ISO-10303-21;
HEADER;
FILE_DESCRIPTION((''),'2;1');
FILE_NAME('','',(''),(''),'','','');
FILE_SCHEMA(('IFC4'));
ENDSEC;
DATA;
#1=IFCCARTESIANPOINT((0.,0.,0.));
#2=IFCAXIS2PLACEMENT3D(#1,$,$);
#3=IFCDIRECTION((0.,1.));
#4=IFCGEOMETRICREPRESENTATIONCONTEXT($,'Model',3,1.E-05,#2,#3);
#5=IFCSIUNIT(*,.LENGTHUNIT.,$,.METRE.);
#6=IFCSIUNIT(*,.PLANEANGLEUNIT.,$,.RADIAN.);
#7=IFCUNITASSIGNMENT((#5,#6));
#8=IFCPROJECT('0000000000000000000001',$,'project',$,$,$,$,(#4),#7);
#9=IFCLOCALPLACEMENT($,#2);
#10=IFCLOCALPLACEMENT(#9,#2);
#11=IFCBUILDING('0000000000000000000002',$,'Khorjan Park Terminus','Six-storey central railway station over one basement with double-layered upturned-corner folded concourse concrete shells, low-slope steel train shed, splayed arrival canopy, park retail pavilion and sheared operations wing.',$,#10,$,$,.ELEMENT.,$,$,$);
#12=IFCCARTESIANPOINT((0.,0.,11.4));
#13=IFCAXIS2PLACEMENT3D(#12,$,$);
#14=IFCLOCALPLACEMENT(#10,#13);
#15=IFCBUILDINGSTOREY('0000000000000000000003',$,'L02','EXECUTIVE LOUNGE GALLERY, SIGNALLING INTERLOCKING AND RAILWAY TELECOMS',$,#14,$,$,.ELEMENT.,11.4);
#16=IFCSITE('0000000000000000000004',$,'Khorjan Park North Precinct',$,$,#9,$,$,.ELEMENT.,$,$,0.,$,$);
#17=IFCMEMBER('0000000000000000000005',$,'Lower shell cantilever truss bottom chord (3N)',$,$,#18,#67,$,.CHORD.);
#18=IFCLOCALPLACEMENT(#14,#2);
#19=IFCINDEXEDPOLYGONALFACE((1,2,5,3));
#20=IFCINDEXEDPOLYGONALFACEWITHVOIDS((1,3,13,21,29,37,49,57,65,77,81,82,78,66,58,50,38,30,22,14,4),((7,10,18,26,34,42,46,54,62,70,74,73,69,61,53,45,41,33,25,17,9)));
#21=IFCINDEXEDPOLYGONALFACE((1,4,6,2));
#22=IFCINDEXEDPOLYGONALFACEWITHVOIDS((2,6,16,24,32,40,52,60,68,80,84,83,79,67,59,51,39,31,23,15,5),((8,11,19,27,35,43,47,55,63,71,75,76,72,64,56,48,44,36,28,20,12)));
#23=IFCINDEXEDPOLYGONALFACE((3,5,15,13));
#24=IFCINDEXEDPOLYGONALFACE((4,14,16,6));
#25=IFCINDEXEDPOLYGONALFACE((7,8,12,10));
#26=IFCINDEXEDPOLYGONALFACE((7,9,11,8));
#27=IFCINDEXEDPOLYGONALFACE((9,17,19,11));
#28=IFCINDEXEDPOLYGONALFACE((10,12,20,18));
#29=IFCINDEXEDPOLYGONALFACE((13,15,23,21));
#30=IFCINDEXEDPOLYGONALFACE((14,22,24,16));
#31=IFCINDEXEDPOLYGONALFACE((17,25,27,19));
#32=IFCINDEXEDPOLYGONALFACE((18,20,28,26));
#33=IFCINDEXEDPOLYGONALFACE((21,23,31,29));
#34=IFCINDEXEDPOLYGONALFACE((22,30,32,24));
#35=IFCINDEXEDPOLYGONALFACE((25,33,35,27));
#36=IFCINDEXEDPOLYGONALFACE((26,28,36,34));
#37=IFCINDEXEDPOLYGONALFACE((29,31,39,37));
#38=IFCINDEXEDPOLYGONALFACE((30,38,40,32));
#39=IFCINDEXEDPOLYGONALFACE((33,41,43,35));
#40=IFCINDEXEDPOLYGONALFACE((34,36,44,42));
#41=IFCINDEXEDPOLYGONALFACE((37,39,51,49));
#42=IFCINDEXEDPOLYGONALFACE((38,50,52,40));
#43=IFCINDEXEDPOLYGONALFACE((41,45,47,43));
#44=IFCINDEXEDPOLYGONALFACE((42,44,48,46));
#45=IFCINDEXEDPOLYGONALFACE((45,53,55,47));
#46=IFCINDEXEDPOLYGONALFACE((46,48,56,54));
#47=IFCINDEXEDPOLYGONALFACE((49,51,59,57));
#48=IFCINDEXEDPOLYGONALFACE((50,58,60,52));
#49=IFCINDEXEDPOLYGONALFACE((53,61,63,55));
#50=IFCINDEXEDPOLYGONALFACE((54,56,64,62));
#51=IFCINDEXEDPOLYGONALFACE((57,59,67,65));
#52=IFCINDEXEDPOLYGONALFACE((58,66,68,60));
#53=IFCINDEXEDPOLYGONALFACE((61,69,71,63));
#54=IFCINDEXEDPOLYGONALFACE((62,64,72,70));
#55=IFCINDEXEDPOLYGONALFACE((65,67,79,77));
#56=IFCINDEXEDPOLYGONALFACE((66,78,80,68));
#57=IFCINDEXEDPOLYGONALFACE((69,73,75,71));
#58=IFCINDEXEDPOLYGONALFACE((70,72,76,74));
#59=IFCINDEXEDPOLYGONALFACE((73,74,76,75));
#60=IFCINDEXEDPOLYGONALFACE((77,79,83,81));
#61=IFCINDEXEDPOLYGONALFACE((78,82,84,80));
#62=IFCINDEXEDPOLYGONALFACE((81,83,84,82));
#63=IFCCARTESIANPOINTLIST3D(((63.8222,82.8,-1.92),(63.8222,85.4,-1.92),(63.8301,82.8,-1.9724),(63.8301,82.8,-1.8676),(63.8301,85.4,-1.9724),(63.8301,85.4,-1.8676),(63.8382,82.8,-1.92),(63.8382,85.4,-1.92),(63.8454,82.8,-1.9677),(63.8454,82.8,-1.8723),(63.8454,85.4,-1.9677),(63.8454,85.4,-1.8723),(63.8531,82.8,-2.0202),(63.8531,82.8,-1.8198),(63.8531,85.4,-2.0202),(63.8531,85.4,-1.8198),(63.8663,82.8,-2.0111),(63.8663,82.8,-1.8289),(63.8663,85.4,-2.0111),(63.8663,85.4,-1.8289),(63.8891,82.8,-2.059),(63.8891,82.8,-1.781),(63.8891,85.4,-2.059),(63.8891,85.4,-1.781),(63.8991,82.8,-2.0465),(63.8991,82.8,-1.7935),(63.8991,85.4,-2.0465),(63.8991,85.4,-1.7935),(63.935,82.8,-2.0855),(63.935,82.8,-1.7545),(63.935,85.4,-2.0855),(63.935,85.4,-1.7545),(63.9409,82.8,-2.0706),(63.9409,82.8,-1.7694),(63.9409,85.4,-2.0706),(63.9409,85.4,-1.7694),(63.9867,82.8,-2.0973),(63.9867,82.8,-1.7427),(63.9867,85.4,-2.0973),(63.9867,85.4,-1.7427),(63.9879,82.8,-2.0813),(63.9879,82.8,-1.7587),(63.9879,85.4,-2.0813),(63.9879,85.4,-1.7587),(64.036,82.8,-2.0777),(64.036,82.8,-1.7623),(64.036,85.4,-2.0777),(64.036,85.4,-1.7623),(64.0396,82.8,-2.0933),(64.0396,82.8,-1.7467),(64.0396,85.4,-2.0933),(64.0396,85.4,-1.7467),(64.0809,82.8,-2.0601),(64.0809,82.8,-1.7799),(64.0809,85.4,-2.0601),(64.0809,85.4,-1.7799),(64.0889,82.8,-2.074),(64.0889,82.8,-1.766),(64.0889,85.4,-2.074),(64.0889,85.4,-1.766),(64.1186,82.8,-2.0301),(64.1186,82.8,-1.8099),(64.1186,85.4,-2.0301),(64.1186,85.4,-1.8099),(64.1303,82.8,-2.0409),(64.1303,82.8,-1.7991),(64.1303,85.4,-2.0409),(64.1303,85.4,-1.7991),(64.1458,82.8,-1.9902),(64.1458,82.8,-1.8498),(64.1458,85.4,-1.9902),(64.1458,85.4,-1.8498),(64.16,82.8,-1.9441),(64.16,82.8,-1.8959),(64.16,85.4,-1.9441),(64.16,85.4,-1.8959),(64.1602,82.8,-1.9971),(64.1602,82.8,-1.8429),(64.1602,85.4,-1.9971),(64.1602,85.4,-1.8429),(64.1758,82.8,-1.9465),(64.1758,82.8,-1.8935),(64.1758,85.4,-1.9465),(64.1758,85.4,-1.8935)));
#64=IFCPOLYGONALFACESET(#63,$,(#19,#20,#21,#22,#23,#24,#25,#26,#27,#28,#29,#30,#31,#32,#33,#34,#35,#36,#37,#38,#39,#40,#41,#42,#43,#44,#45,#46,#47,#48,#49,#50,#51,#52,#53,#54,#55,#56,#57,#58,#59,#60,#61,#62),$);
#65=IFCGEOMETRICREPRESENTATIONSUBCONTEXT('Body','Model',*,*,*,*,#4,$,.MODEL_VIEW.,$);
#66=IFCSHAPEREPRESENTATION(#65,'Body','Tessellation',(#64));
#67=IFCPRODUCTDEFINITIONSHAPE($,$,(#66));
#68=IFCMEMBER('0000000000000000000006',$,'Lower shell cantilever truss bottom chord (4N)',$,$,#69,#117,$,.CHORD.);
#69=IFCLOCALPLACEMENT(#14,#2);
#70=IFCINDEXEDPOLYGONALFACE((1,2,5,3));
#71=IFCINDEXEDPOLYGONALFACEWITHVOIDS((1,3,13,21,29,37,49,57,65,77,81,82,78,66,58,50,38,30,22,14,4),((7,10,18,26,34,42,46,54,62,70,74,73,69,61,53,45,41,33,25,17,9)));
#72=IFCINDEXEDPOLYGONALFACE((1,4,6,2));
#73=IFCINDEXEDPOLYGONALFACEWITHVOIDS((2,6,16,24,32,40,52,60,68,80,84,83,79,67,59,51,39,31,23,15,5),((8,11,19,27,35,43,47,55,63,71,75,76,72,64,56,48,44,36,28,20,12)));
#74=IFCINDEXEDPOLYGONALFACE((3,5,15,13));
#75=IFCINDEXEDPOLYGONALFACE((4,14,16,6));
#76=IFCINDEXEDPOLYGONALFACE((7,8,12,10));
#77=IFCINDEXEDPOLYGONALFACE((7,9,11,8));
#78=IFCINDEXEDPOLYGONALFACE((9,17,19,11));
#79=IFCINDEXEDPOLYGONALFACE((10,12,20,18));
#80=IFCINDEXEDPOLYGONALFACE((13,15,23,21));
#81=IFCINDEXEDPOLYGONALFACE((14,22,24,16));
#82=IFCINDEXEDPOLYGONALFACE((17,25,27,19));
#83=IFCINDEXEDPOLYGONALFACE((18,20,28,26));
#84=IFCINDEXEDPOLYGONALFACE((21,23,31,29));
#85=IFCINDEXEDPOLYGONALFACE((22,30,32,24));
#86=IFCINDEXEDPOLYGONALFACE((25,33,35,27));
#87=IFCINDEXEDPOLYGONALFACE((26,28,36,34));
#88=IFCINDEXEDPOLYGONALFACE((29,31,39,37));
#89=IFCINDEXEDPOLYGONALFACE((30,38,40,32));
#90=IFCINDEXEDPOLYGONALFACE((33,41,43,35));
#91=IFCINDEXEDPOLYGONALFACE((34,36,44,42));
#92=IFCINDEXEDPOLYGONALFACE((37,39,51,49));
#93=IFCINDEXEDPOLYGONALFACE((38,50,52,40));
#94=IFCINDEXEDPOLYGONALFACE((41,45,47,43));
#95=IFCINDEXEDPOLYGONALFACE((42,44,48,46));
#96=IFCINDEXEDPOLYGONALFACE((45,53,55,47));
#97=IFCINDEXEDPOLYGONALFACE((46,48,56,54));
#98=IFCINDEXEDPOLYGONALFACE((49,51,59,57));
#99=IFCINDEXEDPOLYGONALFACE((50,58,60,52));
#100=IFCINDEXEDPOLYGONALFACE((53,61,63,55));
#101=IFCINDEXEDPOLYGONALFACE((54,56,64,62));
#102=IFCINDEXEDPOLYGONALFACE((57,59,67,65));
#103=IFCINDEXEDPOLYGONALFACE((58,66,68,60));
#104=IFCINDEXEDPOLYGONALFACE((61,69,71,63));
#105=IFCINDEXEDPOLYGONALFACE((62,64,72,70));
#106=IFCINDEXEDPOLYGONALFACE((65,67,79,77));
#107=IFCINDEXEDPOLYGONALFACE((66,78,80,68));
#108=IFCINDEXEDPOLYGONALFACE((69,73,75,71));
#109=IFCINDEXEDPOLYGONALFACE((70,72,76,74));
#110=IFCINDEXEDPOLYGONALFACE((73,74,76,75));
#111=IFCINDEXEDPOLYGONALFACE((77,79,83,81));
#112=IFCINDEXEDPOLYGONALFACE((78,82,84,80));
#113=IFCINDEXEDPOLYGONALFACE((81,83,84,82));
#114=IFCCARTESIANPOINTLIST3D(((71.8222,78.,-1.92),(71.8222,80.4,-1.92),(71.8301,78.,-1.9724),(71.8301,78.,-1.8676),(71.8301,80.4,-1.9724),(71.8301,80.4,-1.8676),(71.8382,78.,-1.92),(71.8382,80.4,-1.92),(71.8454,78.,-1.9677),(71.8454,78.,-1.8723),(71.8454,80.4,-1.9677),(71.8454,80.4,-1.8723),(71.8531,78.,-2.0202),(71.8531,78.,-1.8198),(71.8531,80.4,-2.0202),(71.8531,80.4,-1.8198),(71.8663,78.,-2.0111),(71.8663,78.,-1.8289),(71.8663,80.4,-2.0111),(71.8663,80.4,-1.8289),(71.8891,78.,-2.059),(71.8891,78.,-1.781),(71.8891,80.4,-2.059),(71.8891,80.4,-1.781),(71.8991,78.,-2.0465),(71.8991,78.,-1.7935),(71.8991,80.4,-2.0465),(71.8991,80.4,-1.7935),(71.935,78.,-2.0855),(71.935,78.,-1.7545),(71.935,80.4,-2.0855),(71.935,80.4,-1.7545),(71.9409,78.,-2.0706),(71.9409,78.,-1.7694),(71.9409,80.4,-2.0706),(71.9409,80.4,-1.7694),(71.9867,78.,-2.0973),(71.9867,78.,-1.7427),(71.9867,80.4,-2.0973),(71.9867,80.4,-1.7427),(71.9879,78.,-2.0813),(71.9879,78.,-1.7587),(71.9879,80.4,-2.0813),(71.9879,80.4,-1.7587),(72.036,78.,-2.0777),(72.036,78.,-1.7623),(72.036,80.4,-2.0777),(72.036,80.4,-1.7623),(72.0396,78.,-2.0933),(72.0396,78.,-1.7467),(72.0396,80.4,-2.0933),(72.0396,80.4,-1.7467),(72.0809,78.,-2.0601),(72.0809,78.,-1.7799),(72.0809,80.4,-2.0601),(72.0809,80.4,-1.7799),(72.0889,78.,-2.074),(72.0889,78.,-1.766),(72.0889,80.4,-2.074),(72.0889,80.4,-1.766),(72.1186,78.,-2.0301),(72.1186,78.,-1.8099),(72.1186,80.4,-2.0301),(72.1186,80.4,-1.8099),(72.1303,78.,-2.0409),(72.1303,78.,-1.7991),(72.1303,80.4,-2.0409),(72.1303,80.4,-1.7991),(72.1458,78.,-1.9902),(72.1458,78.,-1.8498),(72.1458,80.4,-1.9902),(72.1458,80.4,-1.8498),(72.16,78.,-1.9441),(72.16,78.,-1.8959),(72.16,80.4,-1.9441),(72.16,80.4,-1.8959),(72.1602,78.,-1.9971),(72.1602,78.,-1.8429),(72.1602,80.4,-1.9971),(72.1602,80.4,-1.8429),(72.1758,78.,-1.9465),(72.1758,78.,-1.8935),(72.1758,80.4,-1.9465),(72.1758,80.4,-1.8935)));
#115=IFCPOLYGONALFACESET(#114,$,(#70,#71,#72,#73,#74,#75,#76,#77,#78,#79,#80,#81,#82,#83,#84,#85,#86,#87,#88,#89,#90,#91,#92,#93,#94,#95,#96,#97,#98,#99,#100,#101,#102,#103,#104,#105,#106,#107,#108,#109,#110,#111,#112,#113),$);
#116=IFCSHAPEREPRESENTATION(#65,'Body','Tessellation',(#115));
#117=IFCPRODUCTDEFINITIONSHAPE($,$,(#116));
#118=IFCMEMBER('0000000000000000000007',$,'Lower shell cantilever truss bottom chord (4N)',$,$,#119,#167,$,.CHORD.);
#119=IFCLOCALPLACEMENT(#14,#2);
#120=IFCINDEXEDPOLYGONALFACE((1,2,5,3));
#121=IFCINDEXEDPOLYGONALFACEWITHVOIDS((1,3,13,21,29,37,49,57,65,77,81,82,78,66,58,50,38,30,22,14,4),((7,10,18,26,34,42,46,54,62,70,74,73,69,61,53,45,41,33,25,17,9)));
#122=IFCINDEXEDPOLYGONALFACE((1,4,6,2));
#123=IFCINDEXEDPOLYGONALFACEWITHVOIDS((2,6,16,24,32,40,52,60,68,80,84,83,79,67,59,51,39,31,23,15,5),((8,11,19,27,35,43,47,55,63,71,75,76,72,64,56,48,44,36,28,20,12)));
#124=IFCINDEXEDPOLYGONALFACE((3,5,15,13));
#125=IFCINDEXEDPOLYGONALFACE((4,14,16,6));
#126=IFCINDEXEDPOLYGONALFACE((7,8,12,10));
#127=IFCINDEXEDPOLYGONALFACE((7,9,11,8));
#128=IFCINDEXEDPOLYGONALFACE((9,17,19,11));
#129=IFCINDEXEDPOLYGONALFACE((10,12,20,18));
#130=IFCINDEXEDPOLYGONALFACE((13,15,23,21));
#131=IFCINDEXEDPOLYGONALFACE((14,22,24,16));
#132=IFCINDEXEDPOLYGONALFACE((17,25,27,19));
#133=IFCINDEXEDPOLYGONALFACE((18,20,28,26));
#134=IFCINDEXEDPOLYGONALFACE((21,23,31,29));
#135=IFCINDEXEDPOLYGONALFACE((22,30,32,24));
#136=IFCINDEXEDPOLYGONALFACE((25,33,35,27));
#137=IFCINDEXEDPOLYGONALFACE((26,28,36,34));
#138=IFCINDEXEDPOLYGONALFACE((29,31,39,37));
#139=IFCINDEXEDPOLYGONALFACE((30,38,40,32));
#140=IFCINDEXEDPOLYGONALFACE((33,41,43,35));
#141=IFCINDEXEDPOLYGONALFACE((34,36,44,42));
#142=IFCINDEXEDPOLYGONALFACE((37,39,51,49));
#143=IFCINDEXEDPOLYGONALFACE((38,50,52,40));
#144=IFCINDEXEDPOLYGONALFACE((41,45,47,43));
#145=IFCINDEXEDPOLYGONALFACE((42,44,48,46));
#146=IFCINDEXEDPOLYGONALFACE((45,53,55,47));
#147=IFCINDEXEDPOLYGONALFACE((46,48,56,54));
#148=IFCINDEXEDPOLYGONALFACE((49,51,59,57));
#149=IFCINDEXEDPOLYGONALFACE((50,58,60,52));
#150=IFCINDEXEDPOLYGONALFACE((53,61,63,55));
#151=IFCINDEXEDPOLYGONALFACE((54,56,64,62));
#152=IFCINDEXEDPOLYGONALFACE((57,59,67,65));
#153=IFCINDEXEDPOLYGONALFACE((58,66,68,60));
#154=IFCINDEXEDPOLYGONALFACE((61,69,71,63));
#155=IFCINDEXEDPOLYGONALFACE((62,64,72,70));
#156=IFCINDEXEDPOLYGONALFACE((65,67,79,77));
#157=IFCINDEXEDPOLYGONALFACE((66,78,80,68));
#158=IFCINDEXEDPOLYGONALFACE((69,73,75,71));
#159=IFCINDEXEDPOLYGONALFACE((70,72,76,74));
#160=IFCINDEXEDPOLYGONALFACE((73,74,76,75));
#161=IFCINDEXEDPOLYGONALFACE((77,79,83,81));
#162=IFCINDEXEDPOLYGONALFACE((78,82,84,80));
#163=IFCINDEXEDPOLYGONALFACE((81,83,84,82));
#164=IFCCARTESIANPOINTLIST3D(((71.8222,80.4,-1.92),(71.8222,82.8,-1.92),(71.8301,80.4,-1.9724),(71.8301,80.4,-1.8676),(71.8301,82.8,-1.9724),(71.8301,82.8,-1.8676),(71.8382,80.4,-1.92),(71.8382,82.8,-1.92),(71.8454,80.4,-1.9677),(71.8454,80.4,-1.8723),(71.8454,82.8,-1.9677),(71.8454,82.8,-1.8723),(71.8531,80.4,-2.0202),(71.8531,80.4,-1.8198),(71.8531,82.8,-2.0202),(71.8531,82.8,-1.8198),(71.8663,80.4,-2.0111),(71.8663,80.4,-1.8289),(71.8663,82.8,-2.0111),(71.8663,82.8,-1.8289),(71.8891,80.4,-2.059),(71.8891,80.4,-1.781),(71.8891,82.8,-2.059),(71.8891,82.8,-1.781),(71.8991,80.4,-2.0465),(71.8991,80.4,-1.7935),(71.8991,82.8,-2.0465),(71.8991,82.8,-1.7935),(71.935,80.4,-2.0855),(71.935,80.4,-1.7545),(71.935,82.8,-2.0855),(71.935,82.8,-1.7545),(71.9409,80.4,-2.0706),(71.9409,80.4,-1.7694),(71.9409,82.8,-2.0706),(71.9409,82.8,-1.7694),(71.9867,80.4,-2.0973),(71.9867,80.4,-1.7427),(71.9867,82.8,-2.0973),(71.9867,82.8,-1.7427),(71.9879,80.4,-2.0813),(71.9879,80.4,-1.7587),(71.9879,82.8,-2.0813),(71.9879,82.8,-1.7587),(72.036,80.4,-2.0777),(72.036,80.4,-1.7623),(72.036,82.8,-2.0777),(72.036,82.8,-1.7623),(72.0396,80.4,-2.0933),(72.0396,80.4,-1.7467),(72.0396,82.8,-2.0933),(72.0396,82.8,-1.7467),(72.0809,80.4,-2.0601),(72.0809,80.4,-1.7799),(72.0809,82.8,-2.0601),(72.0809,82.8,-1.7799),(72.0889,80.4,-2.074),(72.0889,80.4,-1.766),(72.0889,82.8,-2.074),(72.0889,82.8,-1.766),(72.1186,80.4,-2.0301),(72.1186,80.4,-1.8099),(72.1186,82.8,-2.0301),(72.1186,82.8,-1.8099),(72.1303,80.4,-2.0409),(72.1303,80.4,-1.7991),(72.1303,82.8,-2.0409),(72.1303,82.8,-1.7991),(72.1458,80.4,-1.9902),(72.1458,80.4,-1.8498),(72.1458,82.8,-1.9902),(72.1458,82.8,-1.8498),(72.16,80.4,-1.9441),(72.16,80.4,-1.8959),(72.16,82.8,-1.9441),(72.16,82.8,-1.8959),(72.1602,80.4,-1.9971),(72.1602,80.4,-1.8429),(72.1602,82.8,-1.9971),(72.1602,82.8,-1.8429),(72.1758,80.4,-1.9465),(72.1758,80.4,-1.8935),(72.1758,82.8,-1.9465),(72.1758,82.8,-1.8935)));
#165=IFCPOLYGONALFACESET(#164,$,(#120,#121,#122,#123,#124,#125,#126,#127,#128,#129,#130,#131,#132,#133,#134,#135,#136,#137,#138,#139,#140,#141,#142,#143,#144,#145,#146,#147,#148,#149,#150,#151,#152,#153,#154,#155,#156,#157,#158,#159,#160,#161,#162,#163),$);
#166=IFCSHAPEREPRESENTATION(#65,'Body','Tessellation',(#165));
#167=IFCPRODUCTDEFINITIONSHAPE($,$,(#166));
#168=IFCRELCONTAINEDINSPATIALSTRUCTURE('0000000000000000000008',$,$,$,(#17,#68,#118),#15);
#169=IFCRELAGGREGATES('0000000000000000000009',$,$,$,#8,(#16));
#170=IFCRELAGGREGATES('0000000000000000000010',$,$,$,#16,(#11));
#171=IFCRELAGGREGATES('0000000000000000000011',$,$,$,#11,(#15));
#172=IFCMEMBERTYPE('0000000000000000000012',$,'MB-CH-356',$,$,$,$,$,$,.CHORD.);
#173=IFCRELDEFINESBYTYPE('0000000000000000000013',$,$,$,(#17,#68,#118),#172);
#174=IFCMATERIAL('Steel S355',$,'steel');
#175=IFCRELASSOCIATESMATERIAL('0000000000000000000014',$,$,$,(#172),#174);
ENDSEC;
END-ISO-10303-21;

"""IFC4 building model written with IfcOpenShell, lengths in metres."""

from ifc_helpers import new_model, si_unit, direction, frame, origin, origin_2d, place, context, subcontext, project, spatial, hollow_circle, extrude, material, material_profile, profile_set, type_object, element, save


model = new_model("IFC4")

# Units and contexts
model_context = context("Model", 3, precision=1e-05, world=origin(), true_north=direction((0.0, 1.0)))
body_context = subcontext(model_context, "Body", "Model", "MODEL_VIEW")
ifc_project = project(units=[si_unit("LENGTHUNIT", "METRE"), si_unit("PLANEANGLEUNIT", "RADIAN")], contexts=[model_context])

# Site, building, storey
site_placement = place(None, origin())
site = spatial("IfcSite", under=ifc_project, at=site_placement, Name="Khorjan Park North Precinct", CompositionType="ELEMENT", RefElevation=0.0)
building_placement = place(site_placement, origin())
building = spatial("IfcBuilding", under=site, at=building_placement, Name="Khorjan Park Terminus", Description="Six-storey central railway station over one basement with double-layered upturned-corner folded concourse concrete shells, low-slope steel train shed, splayed arrival canopy, park retail pavilion and sheared operations wing.", CompositionType="ELEMENT")
storey_placement = place(building_placement, frame((0.0, 0.0, 11.4)))
storey = spatial("IfcBuildingStorey", under=building, at=storey_placement, Name="L02", Description="EXECUTIVE LOUNGE GALLERY, SIGNALLING INTERLOCKING AND RAILWAY TELECOMS", CompositionType="ELEMENT", Elevation=11.4)

# Shared definitions
ifc_material_1 = material(Name="Steel S355", Category="steel")

# Members
ifc_material_profile_1 = material_profile(ifc_material_1, hollow_circle(Radius=0.1778, WallThickness=0.016, at=origin_2d()), Name="CHS 355.6x16")
ifc_profile_set_1 = profile_set([ifc_material_profile_1], Name="Steel S355")
member_type_1 = type_object("IfcMemberType", Name="MB-CH-356", PredefinedType="CHORD", material=ifc_profile_set_1)
member_1_placement = place(storey_placement, frame((64.0, 82.8, -1.92), z_axis=(0.0, 1.0, 0.0), x_axis=(-1.0, 0.0, 0.0)))
element("IfcMember", 1, at=member_1_placement, inside=storey, type_object=member_type_1, Name="Lower shell cantilever truss bottom chord (3N)", PredefinedType="CHORD", context=body_context, shape_type="SweptSolid", body=[
    extrude(hollow_circle(Radius=0.1778, WallThickness=0.016, at=origin_2d()), origin(), (0.0, 0.0, 1.0), 2.6),
])
for number, where, z_axis, x_axis, name in (
    (2, (72.0, 78.0, -1.92), (0.0, 1.0, 0.0), (-1.0, 0.0, 0.0), "Lower shell cantilever truss bottom chord (4N)"),
    (3, (72.0, 80.4, -1.92), (0.0, 1.0, 0.0), (-1.0, 0.0, 0.0), "Lower shell cantilever truss bottom chord (4N)"),
):
    element("IfcMember", number, at=place(storey_placement, frame(where, z_axis=z_axis, x_axis=x_axis)), inside=storey, type_object=member_type_1, Name=name, PredefinedType="CHORD", context=body_context, shape_type="SweptSolid", body=[
        extrude(hollow_circle(Radius=0.1778, WallThickness=0.016, at=origin_2d()), origin(), (0.0, 0.0, 1.0), 2.4),
    ])

save(model, "model.ifc")
